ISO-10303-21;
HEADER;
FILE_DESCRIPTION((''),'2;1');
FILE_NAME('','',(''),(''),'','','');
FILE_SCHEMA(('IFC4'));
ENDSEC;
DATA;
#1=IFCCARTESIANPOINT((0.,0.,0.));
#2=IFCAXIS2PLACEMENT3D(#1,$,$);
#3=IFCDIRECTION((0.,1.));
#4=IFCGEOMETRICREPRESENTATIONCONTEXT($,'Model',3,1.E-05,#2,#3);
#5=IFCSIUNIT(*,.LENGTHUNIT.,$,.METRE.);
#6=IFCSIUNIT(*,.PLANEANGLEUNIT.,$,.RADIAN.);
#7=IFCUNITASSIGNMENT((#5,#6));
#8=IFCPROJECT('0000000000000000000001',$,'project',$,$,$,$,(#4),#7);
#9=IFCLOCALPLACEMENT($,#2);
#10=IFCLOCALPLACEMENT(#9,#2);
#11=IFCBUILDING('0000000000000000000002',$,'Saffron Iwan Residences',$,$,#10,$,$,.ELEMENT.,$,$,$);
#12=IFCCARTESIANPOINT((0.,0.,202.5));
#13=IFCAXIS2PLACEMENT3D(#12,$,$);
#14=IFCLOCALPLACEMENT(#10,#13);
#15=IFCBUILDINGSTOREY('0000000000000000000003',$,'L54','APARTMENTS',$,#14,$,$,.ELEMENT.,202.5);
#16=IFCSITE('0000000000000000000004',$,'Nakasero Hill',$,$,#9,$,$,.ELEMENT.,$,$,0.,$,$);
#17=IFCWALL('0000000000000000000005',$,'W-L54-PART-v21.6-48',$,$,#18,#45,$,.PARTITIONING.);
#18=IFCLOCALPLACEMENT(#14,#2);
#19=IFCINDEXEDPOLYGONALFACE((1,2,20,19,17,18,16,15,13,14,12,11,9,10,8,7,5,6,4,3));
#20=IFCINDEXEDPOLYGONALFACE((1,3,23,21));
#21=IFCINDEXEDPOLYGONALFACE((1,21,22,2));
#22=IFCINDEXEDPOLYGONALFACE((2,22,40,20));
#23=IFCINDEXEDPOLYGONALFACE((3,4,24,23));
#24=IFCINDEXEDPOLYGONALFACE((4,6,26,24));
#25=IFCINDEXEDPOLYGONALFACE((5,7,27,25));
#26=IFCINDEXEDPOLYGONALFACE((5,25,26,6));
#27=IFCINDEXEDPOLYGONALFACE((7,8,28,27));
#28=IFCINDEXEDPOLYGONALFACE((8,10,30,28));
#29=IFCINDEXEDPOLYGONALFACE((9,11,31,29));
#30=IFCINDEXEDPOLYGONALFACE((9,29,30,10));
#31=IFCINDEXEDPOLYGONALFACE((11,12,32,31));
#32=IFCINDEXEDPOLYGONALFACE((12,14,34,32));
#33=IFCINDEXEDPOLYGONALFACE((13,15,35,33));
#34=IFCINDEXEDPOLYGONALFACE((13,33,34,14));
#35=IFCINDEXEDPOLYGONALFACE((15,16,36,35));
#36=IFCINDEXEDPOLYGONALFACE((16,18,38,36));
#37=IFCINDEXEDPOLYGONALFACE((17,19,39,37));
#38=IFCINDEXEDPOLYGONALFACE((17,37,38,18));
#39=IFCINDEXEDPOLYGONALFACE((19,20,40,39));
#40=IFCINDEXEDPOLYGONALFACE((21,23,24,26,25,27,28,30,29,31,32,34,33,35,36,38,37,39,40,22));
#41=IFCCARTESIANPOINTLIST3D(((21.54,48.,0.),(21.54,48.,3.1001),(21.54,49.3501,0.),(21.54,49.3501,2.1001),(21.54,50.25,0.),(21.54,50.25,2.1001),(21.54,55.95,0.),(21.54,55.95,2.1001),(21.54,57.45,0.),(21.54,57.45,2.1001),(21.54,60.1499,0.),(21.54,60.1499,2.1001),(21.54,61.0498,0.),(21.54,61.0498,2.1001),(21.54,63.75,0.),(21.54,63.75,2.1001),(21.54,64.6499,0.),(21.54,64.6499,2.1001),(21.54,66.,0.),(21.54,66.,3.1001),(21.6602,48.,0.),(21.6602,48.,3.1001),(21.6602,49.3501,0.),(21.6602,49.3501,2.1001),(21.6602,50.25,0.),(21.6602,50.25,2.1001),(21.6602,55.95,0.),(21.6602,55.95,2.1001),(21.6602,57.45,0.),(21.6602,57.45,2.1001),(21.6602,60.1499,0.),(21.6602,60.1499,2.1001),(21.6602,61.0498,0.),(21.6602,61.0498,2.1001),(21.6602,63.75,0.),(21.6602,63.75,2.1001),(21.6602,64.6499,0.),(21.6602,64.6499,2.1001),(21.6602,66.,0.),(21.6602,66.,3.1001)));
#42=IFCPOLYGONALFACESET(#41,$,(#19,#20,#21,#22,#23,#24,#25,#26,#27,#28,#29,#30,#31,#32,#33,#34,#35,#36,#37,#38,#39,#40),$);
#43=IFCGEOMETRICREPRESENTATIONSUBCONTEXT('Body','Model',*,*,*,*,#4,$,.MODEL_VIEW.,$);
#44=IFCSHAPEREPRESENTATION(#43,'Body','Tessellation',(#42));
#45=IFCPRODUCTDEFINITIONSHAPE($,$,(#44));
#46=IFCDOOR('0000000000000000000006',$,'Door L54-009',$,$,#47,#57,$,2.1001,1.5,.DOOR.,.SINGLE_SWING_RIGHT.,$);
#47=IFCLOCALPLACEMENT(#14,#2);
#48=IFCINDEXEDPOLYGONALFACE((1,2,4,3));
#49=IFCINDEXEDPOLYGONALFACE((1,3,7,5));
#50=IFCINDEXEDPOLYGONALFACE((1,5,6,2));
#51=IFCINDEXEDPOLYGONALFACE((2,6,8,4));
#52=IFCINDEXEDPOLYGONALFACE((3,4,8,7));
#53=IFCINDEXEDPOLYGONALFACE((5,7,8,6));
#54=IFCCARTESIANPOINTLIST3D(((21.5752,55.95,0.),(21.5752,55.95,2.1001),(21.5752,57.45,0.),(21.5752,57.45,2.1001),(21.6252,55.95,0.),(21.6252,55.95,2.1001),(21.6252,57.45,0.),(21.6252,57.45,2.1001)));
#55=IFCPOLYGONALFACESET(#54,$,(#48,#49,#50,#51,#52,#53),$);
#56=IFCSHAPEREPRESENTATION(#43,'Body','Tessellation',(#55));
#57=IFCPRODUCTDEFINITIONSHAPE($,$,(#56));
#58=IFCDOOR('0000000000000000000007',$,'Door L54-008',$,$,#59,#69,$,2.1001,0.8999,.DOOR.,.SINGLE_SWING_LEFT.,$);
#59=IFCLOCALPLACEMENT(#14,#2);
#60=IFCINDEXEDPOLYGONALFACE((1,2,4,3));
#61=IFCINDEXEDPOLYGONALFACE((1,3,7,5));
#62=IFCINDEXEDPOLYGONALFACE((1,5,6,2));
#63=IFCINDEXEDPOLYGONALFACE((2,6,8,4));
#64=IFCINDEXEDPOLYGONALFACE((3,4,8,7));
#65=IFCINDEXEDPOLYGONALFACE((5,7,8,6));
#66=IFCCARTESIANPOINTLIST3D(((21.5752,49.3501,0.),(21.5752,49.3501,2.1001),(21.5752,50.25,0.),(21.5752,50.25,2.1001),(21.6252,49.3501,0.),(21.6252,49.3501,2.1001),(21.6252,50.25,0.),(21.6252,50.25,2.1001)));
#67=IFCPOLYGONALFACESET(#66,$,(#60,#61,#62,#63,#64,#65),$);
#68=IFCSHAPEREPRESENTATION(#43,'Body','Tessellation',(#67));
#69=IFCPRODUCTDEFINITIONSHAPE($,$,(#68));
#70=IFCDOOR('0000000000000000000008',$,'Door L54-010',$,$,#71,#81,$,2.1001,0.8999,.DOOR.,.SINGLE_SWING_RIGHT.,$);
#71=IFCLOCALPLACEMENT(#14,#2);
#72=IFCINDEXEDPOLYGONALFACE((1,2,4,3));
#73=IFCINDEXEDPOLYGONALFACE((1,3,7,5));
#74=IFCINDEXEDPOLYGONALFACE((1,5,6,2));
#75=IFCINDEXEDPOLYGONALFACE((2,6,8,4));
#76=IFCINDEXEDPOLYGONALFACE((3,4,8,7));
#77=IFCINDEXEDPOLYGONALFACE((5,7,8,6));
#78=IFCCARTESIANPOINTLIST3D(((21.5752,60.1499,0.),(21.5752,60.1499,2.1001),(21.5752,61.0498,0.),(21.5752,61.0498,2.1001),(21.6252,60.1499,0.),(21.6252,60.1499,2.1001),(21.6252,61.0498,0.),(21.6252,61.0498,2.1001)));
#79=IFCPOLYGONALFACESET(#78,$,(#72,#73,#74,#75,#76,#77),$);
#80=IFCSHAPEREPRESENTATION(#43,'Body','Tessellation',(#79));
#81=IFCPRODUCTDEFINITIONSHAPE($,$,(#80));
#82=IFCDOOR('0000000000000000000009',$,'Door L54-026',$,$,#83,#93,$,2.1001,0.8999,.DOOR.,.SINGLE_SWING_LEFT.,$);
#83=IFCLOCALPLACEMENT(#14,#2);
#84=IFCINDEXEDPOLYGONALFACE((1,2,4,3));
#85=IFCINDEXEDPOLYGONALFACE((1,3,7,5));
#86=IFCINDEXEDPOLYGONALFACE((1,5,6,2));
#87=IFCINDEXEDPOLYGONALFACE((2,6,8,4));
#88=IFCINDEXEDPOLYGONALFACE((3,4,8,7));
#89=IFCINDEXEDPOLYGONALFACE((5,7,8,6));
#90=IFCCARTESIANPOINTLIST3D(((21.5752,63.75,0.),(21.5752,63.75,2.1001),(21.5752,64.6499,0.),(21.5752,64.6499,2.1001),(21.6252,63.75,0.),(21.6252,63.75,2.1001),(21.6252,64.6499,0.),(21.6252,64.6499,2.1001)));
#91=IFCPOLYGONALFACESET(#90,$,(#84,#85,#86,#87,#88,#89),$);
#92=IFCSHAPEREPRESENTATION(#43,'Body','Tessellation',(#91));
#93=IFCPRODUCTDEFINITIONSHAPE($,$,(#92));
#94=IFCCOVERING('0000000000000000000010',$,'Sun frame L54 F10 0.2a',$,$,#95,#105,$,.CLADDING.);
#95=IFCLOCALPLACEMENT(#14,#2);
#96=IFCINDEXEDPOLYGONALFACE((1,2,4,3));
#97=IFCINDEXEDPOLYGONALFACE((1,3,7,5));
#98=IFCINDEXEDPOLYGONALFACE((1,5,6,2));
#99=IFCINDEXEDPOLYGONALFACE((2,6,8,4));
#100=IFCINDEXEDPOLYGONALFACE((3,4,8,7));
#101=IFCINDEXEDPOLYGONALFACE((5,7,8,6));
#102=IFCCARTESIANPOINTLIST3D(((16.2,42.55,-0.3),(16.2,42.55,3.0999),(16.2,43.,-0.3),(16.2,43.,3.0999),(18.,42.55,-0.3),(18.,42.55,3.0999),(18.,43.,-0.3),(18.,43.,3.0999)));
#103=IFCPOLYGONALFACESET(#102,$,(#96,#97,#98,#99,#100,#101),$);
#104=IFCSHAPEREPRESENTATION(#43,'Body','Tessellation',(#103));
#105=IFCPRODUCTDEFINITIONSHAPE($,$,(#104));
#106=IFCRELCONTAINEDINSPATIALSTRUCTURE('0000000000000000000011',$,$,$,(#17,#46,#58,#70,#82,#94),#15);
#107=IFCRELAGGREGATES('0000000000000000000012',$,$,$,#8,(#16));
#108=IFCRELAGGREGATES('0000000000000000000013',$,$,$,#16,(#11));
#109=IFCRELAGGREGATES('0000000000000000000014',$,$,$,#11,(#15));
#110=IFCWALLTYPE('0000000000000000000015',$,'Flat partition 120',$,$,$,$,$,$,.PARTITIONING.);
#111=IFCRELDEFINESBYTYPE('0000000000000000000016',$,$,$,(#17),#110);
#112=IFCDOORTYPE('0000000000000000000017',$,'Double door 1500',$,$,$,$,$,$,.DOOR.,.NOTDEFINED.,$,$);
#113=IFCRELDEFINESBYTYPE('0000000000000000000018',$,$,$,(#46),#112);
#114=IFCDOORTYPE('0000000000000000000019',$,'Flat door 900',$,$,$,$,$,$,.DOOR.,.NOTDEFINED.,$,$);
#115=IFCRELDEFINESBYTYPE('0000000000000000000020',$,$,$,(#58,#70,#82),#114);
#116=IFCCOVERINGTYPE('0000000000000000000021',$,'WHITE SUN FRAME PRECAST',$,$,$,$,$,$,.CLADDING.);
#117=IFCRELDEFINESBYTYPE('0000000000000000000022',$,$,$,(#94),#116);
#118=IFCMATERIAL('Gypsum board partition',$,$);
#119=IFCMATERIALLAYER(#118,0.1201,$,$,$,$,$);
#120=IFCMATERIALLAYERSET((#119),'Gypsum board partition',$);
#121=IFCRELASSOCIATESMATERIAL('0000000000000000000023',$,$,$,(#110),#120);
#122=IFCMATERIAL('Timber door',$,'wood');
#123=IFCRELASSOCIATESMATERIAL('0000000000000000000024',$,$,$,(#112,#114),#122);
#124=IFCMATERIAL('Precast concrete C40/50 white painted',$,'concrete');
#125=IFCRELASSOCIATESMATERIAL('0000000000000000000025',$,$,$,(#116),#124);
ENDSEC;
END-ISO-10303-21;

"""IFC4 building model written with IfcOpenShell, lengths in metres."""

from ifc_helpers import new_model, si_unit, direction, frame, frame_2d, origin, place, context, subcontext, project, spatial, polyline, rectangle, outline, extrude, material, layer, layer_set, type_object, element, fill, save


model = new_model("IFC4")

# Units and contexts
model_context = context("Model", 3, precision=1e-05, world=origin(), true_north=direction((0.0, 1.0)))
body_context = subcontext(model_context, "Body", "Model", "MODEL_VIEW")
ifc_project = project(units=[si_unit("LENGTHUNIT", "METRE"), si_unit("PLANEANGLEUNIT", "RADIAN")], contexts=[model_context])

# Site, building, storey
site_placement = place(None, origin())
site = spatial("IfcSite", under=ifc_project, at=site_placement, Name="Nakasero Hill", CompositionType="ELEMENT", RefElevation=0.0)
building_placement = place(site_placement, origin())
building = spatial("IfcBuilding", under=site, at=building_placement, Name="Saffron Iwan Residences", CompositionType="ELEMENT")
storey_placement = place(building_placement, frame((0.0, 0.0, 202.5)))
storey = spatial("IfcBuildingStorey", under=building, at=storey_placement, Name="L54", Description="APARTMENTS", CompositionType="ELEMENT", Elevation=202.5)

# Wall, openings, doors
ifc_material_1 = material(Name="Gypsum board partition")
ifc_layer_1 = layer(ifc_material_1, 0.1201)
ifc_layer_set_1 = layer_set([ifc_layer_1], Name="Gypsum board partition")
wall_type_1 = type_object("IfcWallType", Name="Flat partition 120", PredefinedType="PARTITIONING", material=ifc_layer_set_1)
wall_1_placement = place(storey_placement, frame((21.6001, 48.0, 0.0), z_axis=(0.0, 0.0, 1.0), x_axis=(0.0, 1.0, 0.0)))
wall_1 = element("IfcWall", 1, at=wall_1_placement, inside=storey, type_object=wall_type_1, Name="W-L54-PART-v21.6-48", PredefinedType="PARTITIONING", context=body_context, shape_type="SweptSolid", body=[
    extrude(rectangle(XDim=18.0, YDim=0.1201, at=frame_2d((9.0, 0.0))), origin(), (0.0, 0.0, 1.0), 3.1001),
])
opening_1_placement = place(wall_1_placement, frame((1.3501, 0.0, 0.0)))
opening_1 = element("IfcOpeningElement", 2, at=opening_1_placement, cuts=wall_1, PredefinedType="OPENING", context=body_context, shape_type="SweptSolid", body=[
    extrude(rectangle(XDim=0.8999, YDim=2.1001, at=frame_2d((0.45, 1.05))), frame((0.0, 0.0701, 0.0), z_axis=(0.0, -1.0, 0.0), x_axis=(1.0, 0.0, 0.0)), (0.0, 0.0, 1.0), 0.1401),
])
opening_2_placement = place(wall_1_placement, frame((7.95, 0.0, 0.0)))
opening_2 = element("IfcOpeningElement", 3, at=opening_2_placement, cuts=wall_1, PredefinedType="OPENING", context=body_context, shape_type="SweptSolid", body=[
    extrude(rectangle(XDim=1.5, YDim=2.1001, at=frame_2d((0.75, 1.05))), frame((0.0, 0.0701, 0.0), z_axis=(0.0, -1.0, 0.0), x_axis=(1.0, 0.0, 0.0)), (0.0, 0.0, 1.0), 0.1401),
])
opening_3_placement = place(wall_1_placement, frame((12.1499, 0.0, 0.0)))
opening_3 = element("IfcOpeningElement", 4, at=opening_3_placement, cuts=wall_1, PredefinedType="OPENING", context=body_context, shape_type="SweptSolid", body=[
    extrude(rectangle(XDim=0.8999, YDim=2.1001, at=frame_2d((0.45, 1.05))), frame((0.0, 0.0701, 0.0), z_axis=(0.0, -1.0, 0.0), x_axis=(1.0, 0.0, 0.0)), (0.0, 0.0, 1.0), 0.1401),
])
opening_4_placement = place(wall_1_placement, frame((15.75, 0.0, 0.0)))
opening_4 = element("IfcOpeningElement", 5, at=opening_4_placement, cuts=wall_1, PredefinedType="OPENING", context=body_context, shape_type="SweptSolid", body=[
    extrude(rectangle(XDim=0.8999, YDim=2.1001, at=frame_2d((0.45, 1.05))), frame((0.0, 0.0701, 0.0), z_axis=(0.0, -1.0, 0.0), x_axis=(1.0, 0.0, 0.0)), (0.0, 0.0, 1.0), 0.1401),
])
ifc_material_2 = material(Name="Timber door", Category="wood")
door_type_1 = type_object("IfcDoorType", Name="Double door 1500", OperationType="NOTDEFINED", PredefinedType="DOOR", material=ifc_material_2)
door_1_placement = place(opening_2_placement, origin())
door_1 = element("IfcDoor", 6, at=door_1_placement, inside=storey, type_object=door_type_1, Name="Door L54-009", OperationType="SINGLE_SWING_RIGHT", OverallHeight=2.1001, OverallWidth=1.5, PredefinedType="DOOR", context=body_context, shape_type="SweptSolid", body=[
    extrude(rectangle(XDim=1.5, YDim=2.1001, at=frame_2d((0.75, 1.05))), frame((0.0, 0.0249, 0.0), z_axis=(0.0, -1.0, 0.0), x_axis=(1.0, 0.0, 0.0)), (0.0, 0.0, 1.0), 0.05),
])
fill(opening_2, door_1)
door_type_2 = type_object("IfcDoorType", Name="Flat door 900", OperationType="NOTDEFINED", PredefinedType="DOOR", material=ifc_material_2)
door_2_placement = place(opening_1_placement, origin())
door_2 = element("IfcDoor", 7, at=door_2_placement, inside=storey, type_object=door_type_2, Name="Door L54-008", OperationType="SINGLE_SWING_LEFT", OverallHeight=2.1001, OverallWidth=0.8999, PredefinedType="DOOR", context=body_context, shape_type="SweptSolid", body=[
    extrude(rectangle(XDim=0.8999, YDim=2.1001, at=frame_2d((0.45, 1.05))), frame((0.0, 0.0249, 0.0), z_axis=(0.0, -1.0, 0.0), x_axis=(1.0, 0.0, 0.0)), (0.0, 0.0, 1.0), 0.05),
])
fill(opening_1, door_2)
door_3_placement = place(opening_3_placement, origin())
door_3 = element("IfcDoor", 8, at=door_3_placement, inside=storey, type_object=door_type_2, Name="Door L54-010", OperationType="SINGLE_SWING_RIGHT", OverallHeight=2.1001, OverallWidth=0.8999, PredefinedType="DOOR", context=body_context, shape_type="SweptSolid", body=[
    extrude(rectangle(XDim=0.8999, YDim=2.1001, at=frame_2d((0.45, 1.05))), frame((0.0, 0.0249, 0.0), z_axis=(0.0, -1.0, 0.0), x_axis=(1.0, 0.0, 0.0)), (0.0, 0.0, 1.0), 0.05),
])
fill(opening_3, door_3)
door_4_placement = place(opening_4_placement, origin())
door_4 = element("IfcDoor", 9, at=door_4_placement, inside=storey, type_object=door_type_2, Name="Door L54-026", OperationType="SINGLE_SWING_LEFT", OverallHeight=2.1001, OverallWidth=0.8999, PredefinedType="DOOR", context=body_context, shape_type="SweptSolid", body=[
    extrude(rectangle(XDim=0.8999, YDim=2.1001, at=frame_2d((0.45, 1.05))), frame((0.0, 0.0249, 0.0), z_axis=(0.0, -1.0, 0.0), x_axis=(1.0, 0.0, 0.0)), (0.0, 0.0, 1.0), 0.05),
])
fill(opening_4, door_4)

# Covering
ifc_material_3 = material(Name="Precast concrete C40/50 white painted", Category="concrete")
covering_type = type_object("IfcCoveringType", Name="WHITE SUN FRAME PRECAST", PredefinedType="CLADDING", material=ifc_material_3)
covering_placement = place(storey_placement, frame((18.0, 43.0, -0.3), z_axis=(-1.0, 0.0, 0.0), x_axis=(0.0, -1.0, 0.0)))
element("IfcCovering", 10, at=covering_placement, inside=storey, type_object=covering_type, Name="Sun frame L54 F10 0.2a", PredefinedType="CLADDING", context=body_context, shape_type="SweptSolid", body=[
    extrude(outline(polyline([(0.0, 0.0), (0.45, 0.0), (0.45, 3.3999), (0.0, 3.3999), (0.0, 0.0)])), origin(), (0.0, 0.0, 1.0), 1.8),
])

save(model, "model.ifc")
